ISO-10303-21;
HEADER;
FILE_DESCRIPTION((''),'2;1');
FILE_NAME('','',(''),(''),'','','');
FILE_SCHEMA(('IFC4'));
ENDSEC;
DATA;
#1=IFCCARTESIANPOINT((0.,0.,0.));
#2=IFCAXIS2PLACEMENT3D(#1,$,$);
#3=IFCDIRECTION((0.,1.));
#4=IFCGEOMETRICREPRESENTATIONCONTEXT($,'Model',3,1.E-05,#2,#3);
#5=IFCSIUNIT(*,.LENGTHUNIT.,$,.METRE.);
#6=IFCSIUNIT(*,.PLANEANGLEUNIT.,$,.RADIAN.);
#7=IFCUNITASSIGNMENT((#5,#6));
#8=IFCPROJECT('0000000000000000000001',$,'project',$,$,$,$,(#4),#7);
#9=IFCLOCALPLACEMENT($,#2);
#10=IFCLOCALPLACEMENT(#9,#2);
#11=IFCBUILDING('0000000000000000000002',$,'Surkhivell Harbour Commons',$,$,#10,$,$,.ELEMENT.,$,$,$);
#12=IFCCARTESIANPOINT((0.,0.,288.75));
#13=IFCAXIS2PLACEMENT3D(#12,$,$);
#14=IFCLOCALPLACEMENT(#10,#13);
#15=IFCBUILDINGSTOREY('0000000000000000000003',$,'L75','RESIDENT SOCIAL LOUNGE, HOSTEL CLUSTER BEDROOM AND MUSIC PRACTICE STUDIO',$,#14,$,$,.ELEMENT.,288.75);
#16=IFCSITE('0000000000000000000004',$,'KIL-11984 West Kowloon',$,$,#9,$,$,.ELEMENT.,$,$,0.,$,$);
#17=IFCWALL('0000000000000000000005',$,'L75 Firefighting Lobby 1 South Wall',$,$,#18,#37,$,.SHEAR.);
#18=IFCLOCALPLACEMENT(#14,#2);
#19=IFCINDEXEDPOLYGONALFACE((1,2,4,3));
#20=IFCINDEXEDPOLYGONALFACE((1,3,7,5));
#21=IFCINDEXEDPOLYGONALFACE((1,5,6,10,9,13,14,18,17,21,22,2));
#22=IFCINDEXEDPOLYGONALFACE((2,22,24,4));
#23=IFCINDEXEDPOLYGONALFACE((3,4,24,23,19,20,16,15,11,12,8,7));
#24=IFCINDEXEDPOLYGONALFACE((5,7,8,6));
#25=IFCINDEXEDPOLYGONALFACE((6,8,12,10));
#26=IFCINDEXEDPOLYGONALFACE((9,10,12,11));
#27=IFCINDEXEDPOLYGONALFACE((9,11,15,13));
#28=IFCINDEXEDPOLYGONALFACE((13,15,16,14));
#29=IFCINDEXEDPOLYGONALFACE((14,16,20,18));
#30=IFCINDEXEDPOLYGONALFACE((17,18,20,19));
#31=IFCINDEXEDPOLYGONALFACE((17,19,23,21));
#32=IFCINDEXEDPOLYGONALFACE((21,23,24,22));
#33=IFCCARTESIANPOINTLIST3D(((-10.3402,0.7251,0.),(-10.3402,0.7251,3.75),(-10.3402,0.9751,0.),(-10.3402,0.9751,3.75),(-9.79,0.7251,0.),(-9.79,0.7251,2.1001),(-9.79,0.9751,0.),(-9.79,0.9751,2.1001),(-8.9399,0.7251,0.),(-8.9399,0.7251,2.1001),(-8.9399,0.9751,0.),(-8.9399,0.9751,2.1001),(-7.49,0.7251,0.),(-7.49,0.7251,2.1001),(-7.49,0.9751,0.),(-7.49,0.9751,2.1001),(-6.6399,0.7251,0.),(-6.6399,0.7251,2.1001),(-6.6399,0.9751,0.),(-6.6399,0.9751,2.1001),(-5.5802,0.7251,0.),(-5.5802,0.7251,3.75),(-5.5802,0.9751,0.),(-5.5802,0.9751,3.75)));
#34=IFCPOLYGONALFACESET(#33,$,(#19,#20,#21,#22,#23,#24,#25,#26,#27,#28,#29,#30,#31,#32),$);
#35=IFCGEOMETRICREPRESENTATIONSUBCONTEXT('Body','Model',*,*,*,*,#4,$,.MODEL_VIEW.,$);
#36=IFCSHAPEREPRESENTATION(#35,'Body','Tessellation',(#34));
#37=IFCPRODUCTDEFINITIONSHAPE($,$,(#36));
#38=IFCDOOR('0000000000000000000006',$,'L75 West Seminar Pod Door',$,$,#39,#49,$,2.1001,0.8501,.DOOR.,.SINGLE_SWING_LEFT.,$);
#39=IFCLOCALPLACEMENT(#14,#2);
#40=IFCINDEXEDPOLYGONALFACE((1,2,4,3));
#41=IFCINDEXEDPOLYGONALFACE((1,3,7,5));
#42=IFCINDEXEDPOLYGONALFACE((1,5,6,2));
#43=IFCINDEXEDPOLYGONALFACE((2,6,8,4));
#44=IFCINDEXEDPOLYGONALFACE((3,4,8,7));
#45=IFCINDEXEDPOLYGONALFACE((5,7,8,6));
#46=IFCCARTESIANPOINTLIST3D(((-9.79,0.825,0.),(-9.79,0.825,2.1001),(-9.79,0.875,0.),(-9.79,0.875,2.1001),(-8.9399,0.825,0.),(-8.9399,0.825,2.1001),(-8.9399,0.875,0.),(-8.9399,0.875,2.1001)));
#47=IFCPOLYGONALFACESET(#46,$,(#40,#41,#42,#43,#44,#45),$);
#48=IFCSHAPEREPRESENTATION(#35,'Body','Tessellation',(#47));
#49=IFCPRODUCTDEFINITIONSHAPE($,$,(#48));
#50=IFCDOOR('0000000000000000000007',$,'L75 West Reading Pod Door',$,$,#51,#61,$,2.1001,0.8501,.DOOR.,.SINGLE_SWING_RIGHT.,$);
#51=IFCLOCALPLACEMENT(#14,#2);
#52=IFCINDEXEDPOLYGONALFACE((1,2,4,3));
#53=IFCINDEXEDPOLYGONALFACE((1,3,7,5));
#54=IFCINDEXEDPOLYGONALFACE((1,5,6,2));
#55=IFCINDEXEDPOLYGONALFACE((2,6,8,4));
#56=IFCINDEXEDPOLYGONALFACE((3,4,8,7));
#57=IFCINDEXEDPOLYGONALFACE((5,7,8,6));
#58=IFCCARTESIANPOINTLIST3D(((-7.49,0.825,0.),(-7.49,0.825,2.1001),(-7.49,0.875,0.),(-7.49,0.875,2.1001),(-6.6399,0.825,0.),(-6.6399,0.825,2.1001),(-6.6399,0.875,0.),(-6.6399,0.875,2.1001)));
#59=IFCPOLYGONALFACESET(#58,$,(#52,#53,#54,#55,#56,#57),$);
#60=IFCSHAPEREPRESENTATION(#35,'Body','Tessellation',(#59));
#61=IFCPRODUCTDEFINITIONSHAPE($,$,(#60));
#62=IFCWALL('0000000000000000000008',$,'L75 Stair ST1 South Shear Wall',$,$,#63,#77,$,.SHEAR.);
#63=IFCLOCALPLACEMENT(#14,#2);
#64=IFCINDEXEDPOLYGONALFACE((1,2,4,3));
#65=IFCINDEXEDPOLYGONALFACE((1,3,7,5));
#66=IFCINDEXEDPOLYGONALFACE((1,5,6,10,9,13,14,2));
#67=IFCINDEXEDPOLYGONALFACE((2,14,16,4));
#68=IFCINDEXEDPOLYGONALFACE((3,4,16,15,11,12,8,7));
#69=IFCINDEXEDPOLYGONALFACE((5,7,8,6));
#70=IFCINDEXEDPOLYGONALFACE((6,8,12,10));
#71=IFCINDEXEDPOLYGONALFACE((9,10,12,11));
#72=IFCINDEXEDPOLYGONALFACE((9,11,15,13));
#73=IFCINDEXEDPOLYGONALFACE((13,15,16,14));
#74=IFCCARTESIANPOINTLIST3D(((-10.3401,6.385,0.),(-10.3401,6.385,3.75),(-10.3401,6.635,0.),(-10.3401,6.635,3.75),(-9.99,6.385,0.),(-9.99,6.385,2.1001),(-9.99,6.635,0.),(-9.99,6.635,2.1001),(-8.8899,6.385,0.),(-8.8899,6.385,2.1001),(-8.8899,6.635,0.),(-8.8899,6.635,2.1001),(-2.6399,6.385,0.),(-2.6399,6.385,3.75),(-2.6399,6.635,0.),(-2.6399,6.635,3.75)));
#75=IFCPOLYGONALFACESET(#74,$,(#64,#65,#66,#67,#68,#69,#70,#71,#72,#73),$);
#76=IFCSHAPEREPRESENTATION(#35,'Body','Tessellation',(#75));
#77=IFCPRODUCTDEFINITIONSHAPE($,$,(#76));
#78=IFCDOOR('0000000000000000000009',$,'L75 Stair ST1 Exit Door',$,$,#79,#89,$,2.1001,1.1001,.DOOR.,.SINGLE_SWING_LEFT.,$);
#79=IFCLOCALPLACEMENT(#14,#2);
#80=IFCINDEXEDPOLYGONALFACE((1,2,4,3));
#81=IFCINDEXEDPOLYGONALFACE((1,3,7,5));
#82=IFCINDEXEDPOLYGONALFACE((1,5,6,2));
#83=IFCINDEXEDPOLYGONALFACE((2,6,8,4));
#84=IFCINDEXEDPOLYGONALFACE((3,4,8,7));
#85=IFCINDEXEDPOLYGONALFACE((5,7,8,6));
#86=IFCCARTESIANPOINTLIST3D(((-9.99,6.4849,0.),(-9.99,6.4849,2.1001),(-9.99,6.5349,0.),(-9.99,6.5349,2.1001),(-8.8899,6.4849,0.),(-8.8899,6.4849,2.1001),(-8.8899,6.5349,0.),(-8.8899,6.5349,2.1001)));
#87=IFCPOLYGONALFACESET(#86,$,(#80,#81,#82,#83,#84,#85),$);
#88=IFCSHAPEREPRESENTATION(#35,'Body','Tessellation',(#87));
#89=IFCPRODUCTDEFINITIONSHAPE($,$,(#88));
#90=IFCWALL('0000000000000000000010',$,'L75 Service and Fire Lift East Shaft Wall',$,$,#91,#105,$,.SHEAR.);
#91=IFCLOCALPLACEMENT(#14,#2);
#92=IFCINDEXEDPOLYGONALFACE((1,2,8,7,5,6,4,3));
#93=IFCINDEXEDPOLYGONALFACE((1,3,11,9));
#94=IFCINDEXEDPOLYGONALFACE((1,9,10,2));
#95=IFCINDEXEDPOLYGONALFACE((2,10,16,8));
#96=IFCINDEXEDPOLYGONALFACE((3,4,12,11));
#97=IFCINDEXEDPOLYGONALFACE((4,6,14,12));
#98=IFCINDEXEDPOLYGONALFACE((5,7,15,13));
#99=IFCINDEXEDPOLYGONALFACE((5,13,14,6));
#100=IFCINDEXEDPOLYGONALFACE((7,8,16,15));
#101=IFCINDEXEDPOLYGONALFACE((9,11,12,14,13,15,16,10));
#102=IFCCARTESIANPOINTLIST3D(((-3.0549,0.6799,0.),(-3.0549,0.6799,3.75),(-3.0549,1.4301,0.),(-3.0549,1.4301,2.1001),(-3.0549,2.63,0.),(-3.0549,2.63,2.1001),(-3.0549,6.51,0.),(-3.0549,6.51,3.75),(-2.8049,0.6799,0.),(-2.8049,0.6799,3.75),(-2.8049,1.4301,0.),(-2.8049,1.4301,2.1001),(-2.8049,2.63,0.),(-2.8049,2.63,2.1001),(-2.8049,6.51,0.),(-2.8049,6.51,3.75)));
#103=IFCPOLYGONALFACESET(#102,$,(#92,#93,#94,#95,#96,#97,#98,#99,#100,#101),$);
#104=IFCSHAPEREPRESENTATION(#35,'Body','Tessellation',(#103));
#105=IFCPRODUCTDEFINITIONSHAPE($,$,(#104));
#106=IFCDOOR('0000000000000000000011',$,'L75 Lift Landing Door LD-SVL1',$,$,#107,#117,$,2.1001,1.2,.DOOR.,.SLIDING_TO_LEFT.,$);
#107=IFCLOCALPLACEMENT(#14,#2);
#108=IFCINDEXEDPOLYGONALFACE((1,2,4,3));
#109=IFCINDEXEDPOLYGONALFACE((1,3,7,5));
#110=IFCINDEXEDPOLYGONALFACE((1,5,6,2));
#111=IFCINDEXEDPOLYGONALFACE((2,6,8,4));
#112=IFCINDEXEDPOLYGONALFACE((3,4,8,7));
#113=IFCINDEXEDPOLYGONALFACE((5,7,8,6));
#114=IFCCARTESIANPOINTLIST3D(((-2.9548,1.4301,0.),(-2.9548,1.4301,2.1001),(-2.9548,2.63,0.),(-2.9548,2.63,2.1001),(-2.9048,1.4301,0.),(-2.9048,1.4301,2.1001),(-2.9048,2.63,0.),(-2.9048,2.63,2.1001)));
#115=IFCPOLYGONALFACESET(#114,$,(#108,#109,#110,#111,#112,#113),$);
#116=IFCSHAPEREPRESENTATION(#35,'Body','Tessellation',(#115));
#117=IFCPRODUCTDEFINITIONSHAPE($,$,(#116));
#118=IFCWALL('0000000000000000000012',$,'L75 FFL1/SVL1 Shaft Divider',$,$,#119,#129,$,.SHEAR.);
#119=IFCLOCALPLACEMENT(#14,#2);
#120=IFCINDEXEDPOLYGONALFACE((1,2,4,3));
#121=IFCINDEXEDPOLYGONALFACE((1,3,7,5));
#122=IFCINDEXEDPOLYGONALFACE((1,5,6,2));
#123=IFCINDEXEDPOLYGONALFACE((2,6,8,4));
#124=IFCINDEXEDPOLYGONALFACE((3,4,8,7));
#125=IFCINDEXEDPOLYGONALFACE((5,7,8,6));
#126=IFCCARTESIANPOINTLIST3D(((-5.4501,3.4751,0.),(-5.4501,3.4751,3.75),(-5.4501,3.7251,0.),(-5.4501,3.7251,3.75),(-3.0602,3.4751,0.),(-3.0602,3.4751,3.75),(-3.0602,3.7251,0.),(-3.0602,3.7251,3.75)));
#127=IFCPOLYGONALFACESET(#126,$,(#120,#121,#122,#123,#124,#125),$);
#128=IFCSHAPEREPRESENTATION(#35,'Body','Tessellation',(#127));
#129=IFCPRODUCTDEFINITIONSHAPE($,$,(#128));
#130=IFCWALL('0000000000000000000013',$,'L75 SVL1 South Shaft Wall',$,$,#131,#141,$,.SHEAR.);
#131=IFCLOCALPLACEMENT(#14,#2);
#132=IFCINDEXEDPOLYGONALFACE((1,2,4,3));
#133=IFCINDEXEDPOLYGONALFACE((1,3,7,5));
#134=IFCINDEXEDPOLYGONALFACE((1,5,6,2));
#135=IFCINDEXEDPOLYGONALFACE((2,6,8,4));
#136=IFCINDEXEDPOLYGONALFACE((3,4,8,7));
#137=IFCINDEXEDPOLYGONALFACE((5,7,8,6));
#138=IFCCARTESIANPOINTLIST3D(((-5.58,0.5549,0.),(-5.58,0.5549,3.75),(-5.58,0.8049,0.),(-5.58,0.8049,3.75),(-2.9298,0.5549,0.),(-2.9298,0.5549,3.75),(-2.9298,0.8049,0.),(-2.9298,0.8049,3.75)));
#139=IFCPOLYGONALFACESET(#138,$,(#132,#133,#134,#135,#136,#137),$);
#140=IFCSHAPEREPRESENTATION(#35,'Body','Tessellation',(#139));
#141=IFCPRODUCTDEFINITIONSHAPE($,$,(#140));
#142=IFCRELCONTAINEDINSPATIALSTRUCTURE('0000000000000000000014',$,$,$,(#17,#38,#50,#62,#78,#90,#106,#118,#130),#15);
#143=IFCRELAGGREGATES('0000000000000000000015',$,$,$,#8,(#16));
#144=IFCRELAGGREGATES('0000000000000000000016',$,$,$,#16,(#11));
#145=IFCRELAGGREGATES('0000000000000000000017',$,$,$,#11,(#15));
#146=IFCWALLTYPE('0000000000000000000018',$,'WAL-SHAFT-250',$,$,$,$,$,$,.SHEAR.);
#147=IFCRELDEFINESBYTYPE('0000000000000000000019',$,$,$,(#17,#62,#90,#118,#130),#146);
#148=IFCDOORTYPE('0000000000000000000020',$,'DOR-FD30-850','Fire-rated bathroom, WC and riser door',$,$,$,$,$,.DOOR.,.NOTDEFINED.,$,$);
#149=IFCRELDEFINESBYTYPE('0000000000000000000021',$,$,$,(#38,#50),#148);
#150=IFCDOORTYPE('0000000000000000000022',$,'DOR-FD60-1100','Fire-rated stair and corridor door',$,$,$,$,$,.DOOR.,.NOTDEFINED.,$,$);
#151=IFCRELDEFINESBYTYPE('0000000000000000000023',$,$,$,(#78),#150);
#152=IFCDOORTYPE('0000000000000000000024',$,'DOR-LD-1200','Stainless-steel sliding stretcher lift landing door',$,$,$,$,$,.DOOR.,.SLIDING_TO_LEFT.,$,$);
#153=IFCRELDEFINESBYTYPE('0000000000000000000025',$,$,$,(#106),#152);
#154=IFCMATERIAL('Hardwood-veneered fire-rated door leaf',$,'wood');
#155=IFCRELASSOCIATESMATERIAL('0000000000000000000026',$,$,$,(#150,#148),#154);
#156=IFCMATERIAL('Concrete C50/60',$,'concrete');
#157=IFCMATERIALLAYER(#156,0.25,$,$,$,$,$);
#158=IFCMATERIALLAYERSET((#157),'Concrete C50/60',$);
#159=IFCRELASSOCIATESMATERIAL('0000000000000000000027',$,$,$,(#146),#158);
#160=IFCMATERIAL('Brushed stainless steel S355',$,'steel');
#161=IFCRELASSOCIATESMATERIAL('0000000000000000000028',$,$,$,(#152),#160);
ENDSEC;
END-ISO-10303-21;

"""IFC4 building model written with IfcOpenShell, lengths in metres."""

from ifc_helpers import new_model, si_unit, direction, frame, frame_2d, origin, place, context, subcontext, project, spatial, rectangle, extrude, material, layer, layer_set, type_object, element, fill, save


model = new_model("IFC4")

# Units and contexts
model_context = context("Model", 3, precision=1e-05, world=origin(), true_north=direction((0.0, 1.0)))
body_context = subcontext(model_context, "Body", "Model", "MODEL_VIEW")
ifc_project = project(units=[si_unit("LENGTHUNIT", "METRE"), si_unit("PLANEANGLEUNIT", "RADIAN")], contexts=[model_context])

# Site, building, storey
site_placement = place(None, origin())
site = spatial("IfcSite", under=ifc_project, at=site_placement, Name="KIL-11984 West Kowloon", CompositionType="ELEMENT", RefElevation=0.0)
building_placement = place(site_placement, origin())
building = spatial("IfcBuilding", under=site, at=building_placement, Name="Surkhivell Harbour Commons", CompositionType="ELEMENT")
storey_placement = place(building_placement, frame((0.0, 0.0, 288.75)))
storey = spatial("IfcBuildingStorey", under=building, at=storey_placement, Name="L75", Description="RESIDENT SOCIAL LOUNGE, HOSTEL CLUSTER BEDROOM AND MUSIC PRACTICE STUDIO", CompositionType="ELEMENT", Elevation=288.75)

# Shared definitions
ifc_material_1 = material(Name="Concrete C50/60", Category="concrete")

# Shared definitions
ifc_material_2 = material(Name="Hardwood-veneered fire-rated door leaf", Category="wood")
door_type_1 = type_object("IfcDoorType", Name="DOR-FD60-1100", Description="Fire-rated stair and corridor door", OperationType="NOTDEFINED", PredefinedType="DOOR", material=ifc_material_2)

# Shared definitions
ifc_layer_1 = layer(ifc_material_1, 0.25)
ifc_layer_set_1 = layer_set([ifc_layer_1], Name="Concrete C50/60")
wall_type_1 = type_object("IfcWallType", Name="WAL-SHAFT-250", PredefinedType="SHEAR", material=ifc_layer_set_1)
ifc_material_3 = material(Name="Brushed stainless steel S355", Category="steel")

# Wall, openings, doors
wall_1_placement = place(storey_placement, frame((-10.3401, 0.8501, 0.0), z_axis=(0.0, 0.0, 1.0), x_axis=(1.0, 0.0, 0.0)))
wall_1 = element("IfcWall", 1, at=wall_1_placement, inside=storey, type_object=wall_type_1, Name="L75 Firefighting Lobby 1 South Wall", PredefinedType="SHEAR", context=body_context, shape_type="SweptSolid", body=[
    extrude(rectangle(XDim=4.76, YDim=0.25, at=frame_2d((2.3799, 0.0))), origin(), (0.0, 0.0, 1.0), 3.75),
])
opening_1_placement = place(wall_1_placement, frame((0.55, 0.0, 0.0)))
opening_1 = element("IfcOpeningElement", 2, at=opening_1_placement, cuts=wall_1, PredefinedType="OPENING", context=body_context, shape_type="SweptSolid", body=[
    extrude(rectangle(XDim=0.8501, YDim=2.1001, at=frame_2d((0.425, 1.05))), frame((0.0, 0.135, 0.0), z_axis=(0.0, -1.0, 0.0), x_axis=(1.0, 0.0, 0.0)), (0.0, 0.0, 1.0), 0.27),
])
opening_2_placement = place(wall_1_placement, frame((2.8501, 0.0, 0.0)))
opening_2 = element("IfcOpeningElement", 3, at=opening_2_placement, cuts=wall_1, PredefinedType="OPENING", context=body_context, shape_type="SweptSolid", body=[
    extrude(rectangle(XDim=0.8501, YDim=2.1001, at=frame_2d((0.425, 1.05))), frame((0.0, 0.135, 0.0), z_axis=(0.0, -1.0, 0.0), x_axis=(1.0, 0.0, 0.0)), (0.0, 0.0, 1.0), 0.27),
])
door_type_2 = type_object("IfcDoorType", Name="DOR-FD30-850", Description="Fire-rated bathroom, WC and riser door", OperationType="NOTDEFINED", PredefinedType="DOOR", material=ifc_material_2)
door_1_placement = place(opening_1_placement, origin())
door_1 = element("IfcDoor", 4, at=door_1_placement, inside=storey, type_object=door_type_2, Name="L75 West Seminar Pod Door", OperationType="SINGLE_SWING_LEFT", OverallHeight=2.1001, OverallWidth=0.8501, PredefinedType="DOOR", context=body_context, shape_type="SweptSolid", body=[
    extrude(rectangle(XDim=0.8501, YDim=2.1001, at=frame_2d((0.425, 1.05))), frame((0.0, 0.0249, 0.0), z_axis=(0.0, -1.0, 0.0), x_axis=(1.0, 0.0, 0.0)), (0.0, 0.0, 1.0), 0.05),
])
fill(opening_1, door_1)
door_2_placement = place(opening_2_placement, origin())
door_2 = element("IfcDoor", 5, at=door_2_placement, inside=storey, type_object=door_type_2, Name="L75 West Reading Pod Door", OperationType="SINGLE_SWING_RIGHT", OverallHeight=2.1001, OverallWidth=0.8501, PredefinedType="DOOR", context=body_context, shape_type="SweptSolid", body=[
    extrude(rectangle(XDim=0.8501, YDim=2.1001, at=frame_2d((0.425, 1.05))), frame((0.0, 0.0249, 0.0), z_axis=(0.0, -1.0, 0.0), x_axis=(1.0, 0.0, 0.0)), (0.0, 0.0, 1.0), 0.05),
])
fill(opening_2, door_2)

# Walls, openings, doors
wall_2_placement = place(storey_placement, frame((-10.3401, 6.51, 0.0), z_axis=(0.0, 0.0, 1.0), x_axis=(1.0, 0.0, 0.0)))
wall_2 = element("IfcWall", 6, at=wall_2_placement, inside=storey, type_object=wall_type_1, Name="L75 Stair ST1 South Shear Wall", PredefinedType="SHEAR", context=body_context, shape_type="SweptSolid", body=[
    extrude(rectangle(XDim=7.7002, YDim=0.25, at=frame_2d((3.8501, 0.0))), origin(), (0.0, 0.0, 1.0), 3.75),
])
opening_3_placement = place(wall_2_placement, frame((0.3501, 0.0, 0.0)))
opening_3 = element("IfcOpeningElement", 7, at=opening_3_placement, cuts=wall_2, PredefinedType="OPENING", context=body_context, shape_type="SweptSolid", body=[
    extrude(rectangle(XDim=1.1001, YDim=2.1001, at=frame_2d((0.55, 1.05))), frame((0.0, 0.135, 0.0), z_axis=(0.0, -1.0, 0.0), x_axis=(1.0, 0.0, 0.0)), (0.0, 0.0, 1.0), 0.27),
])
door_3_placement = place(opening_3_placement, origin())
door_3 = element("IfcDoor", 8, at=door_3_placement, inside=storey, type_object=door_type_1, Name="L75 Stair ST1 Exit Door", OperationType="SINGLE_SWING_LEFT", OverallHeight=2.1001, OverallWidth=1.1001, PredefinedType="DOOR", context=body_context, shape_type="SweptSolid", body=[
    extrude(rectangle(XDim=1.1001, YDim=2.1001, at=frame_2d((0.55, 1.05))), frame((0.0, 0.0249, 0.0), z_axis=(0.0, -1.0, 0.0), x_axis=(1.0, 0.0, 0.0)), (0.0, 0.0, 1.0), 0.05),
])
fill(opening_3, door_3)
wall_3_placement = place(storey_placement, frame((-2.9299, 0.6799, 0.0), z_axis=(0.0, 0.0, 1.0), x_axis=(0.0, 1.0, 0.0)))
wall_3 = element("IfcWall", 9, at=wall_3_placement, inside=storey, type_object=wall_type_1, Name="L75 Service and Fire Lift East Shaft Wall", PredefinedType="SHEAR", context=body_context, shape_type="SweptSolid", body=[
    extrude(rectangle(XDim=5.8301, YDim=0.25, at=frame_2d((2.915, 0.0))), origin(), (0.0, 0.0, 1.0), 3.75),
])
opening_4_placement = place(wall_3_placement, frame((0.75, 0.0, 0.0)))
opening_4 = element("IfcOpeningElement", 10, at=opening_4_placement, cuts=wall_3, PredefinedType="OPENING", context=body_context, shape_type="SweptSolid", body=[
    extrude(rectangle(XDim=1.2, YDim=2.1001, at=frame_2d((0.6001, 1.05))), frame((0.0, 0.135, 0.0), z_axis=(0.0, -1.0, 0.0), x_axis=(1.0, 0.0, 0.0)), (0.0, 0.0, 1.0), 0.27),
])
door_type_3 = type_object("IfcDoorType", Name="DOR-LD-1200", Description="Stainless-steel sliding stretcher lift landing door", OperationType="SLIDING_TO_LEFT", PredefinedType="DOOR", material=ifc_material_3)
door_4_placement = place(opening_4_placement, origin())
door_4 = element("IfcDoor", 11, at=door_4_placement, inside=storey, type_object=door_type_3, Name="L75 Lift Landing Door LD-SVL1", OperationType="SLIDING_TO_LEFT", OverallHeight=2.1001, OverallWidth=1.2, PredefinedType="DOOR", context=body_context, shape_type="SweptSolid", body=[
    extrude(rectangle(XDim=1.2, YDim=2.1001, at=frame_2d((0.6001, 1.05))), frame((0.0, 0.0249, 0.0), z_axis=(0.0, -1.0, 0.0), x_axis=(1.0, 0.0, 0.0)), (0.0, 0.0, 1.0), 0.05),
])
fill(opening_4, door_4)

# Walls
wall_4_placement = place(storey_placement, frame((-5.45, 3.6001, 0.0), z_axis=(0.0, 0.0, 1.0), x_axis=(1.0, 0.0, 0.0)))
element("IfcWall", 12, at=wall_4_placement, inside=storey, type_object=wall_type_1, Name="L75 FFL1/SVL1 Shaft Divider", PredefinedType="SHEAR", context=body_context, shape_type="SweptSolid", body=[
    extrude(rectangle(XDim=2.3899, YDim=0.25, at=frame_2d((1.1948, 0.0))), origin(), (0.0, 0.0, 1.0), 3.75),
])
wall_5_placement = place(storey_placement, frame((-5.5801, 0.6799, 0.0), z_axis=(0.0, 0.0, 1.0), x_axis=(1.0, 0.0, 0.0)))
element("IfcWall", 13, at=wall_5_placement, inside=storey, type_object=wall_type_1, Name="L75 SVL1 South Shaft Wall", PredefinedType="SHEAR", context=body_context, shape_type="SweptSolid", body=[
    extrude(rectangle(XDim=2.6501, YDim=0.25, at=frame_2d((1.3252, 0.0))), origin(), (0.0, 0.0, 1.0), 3.75),
])

save(model, "model.ifc")
